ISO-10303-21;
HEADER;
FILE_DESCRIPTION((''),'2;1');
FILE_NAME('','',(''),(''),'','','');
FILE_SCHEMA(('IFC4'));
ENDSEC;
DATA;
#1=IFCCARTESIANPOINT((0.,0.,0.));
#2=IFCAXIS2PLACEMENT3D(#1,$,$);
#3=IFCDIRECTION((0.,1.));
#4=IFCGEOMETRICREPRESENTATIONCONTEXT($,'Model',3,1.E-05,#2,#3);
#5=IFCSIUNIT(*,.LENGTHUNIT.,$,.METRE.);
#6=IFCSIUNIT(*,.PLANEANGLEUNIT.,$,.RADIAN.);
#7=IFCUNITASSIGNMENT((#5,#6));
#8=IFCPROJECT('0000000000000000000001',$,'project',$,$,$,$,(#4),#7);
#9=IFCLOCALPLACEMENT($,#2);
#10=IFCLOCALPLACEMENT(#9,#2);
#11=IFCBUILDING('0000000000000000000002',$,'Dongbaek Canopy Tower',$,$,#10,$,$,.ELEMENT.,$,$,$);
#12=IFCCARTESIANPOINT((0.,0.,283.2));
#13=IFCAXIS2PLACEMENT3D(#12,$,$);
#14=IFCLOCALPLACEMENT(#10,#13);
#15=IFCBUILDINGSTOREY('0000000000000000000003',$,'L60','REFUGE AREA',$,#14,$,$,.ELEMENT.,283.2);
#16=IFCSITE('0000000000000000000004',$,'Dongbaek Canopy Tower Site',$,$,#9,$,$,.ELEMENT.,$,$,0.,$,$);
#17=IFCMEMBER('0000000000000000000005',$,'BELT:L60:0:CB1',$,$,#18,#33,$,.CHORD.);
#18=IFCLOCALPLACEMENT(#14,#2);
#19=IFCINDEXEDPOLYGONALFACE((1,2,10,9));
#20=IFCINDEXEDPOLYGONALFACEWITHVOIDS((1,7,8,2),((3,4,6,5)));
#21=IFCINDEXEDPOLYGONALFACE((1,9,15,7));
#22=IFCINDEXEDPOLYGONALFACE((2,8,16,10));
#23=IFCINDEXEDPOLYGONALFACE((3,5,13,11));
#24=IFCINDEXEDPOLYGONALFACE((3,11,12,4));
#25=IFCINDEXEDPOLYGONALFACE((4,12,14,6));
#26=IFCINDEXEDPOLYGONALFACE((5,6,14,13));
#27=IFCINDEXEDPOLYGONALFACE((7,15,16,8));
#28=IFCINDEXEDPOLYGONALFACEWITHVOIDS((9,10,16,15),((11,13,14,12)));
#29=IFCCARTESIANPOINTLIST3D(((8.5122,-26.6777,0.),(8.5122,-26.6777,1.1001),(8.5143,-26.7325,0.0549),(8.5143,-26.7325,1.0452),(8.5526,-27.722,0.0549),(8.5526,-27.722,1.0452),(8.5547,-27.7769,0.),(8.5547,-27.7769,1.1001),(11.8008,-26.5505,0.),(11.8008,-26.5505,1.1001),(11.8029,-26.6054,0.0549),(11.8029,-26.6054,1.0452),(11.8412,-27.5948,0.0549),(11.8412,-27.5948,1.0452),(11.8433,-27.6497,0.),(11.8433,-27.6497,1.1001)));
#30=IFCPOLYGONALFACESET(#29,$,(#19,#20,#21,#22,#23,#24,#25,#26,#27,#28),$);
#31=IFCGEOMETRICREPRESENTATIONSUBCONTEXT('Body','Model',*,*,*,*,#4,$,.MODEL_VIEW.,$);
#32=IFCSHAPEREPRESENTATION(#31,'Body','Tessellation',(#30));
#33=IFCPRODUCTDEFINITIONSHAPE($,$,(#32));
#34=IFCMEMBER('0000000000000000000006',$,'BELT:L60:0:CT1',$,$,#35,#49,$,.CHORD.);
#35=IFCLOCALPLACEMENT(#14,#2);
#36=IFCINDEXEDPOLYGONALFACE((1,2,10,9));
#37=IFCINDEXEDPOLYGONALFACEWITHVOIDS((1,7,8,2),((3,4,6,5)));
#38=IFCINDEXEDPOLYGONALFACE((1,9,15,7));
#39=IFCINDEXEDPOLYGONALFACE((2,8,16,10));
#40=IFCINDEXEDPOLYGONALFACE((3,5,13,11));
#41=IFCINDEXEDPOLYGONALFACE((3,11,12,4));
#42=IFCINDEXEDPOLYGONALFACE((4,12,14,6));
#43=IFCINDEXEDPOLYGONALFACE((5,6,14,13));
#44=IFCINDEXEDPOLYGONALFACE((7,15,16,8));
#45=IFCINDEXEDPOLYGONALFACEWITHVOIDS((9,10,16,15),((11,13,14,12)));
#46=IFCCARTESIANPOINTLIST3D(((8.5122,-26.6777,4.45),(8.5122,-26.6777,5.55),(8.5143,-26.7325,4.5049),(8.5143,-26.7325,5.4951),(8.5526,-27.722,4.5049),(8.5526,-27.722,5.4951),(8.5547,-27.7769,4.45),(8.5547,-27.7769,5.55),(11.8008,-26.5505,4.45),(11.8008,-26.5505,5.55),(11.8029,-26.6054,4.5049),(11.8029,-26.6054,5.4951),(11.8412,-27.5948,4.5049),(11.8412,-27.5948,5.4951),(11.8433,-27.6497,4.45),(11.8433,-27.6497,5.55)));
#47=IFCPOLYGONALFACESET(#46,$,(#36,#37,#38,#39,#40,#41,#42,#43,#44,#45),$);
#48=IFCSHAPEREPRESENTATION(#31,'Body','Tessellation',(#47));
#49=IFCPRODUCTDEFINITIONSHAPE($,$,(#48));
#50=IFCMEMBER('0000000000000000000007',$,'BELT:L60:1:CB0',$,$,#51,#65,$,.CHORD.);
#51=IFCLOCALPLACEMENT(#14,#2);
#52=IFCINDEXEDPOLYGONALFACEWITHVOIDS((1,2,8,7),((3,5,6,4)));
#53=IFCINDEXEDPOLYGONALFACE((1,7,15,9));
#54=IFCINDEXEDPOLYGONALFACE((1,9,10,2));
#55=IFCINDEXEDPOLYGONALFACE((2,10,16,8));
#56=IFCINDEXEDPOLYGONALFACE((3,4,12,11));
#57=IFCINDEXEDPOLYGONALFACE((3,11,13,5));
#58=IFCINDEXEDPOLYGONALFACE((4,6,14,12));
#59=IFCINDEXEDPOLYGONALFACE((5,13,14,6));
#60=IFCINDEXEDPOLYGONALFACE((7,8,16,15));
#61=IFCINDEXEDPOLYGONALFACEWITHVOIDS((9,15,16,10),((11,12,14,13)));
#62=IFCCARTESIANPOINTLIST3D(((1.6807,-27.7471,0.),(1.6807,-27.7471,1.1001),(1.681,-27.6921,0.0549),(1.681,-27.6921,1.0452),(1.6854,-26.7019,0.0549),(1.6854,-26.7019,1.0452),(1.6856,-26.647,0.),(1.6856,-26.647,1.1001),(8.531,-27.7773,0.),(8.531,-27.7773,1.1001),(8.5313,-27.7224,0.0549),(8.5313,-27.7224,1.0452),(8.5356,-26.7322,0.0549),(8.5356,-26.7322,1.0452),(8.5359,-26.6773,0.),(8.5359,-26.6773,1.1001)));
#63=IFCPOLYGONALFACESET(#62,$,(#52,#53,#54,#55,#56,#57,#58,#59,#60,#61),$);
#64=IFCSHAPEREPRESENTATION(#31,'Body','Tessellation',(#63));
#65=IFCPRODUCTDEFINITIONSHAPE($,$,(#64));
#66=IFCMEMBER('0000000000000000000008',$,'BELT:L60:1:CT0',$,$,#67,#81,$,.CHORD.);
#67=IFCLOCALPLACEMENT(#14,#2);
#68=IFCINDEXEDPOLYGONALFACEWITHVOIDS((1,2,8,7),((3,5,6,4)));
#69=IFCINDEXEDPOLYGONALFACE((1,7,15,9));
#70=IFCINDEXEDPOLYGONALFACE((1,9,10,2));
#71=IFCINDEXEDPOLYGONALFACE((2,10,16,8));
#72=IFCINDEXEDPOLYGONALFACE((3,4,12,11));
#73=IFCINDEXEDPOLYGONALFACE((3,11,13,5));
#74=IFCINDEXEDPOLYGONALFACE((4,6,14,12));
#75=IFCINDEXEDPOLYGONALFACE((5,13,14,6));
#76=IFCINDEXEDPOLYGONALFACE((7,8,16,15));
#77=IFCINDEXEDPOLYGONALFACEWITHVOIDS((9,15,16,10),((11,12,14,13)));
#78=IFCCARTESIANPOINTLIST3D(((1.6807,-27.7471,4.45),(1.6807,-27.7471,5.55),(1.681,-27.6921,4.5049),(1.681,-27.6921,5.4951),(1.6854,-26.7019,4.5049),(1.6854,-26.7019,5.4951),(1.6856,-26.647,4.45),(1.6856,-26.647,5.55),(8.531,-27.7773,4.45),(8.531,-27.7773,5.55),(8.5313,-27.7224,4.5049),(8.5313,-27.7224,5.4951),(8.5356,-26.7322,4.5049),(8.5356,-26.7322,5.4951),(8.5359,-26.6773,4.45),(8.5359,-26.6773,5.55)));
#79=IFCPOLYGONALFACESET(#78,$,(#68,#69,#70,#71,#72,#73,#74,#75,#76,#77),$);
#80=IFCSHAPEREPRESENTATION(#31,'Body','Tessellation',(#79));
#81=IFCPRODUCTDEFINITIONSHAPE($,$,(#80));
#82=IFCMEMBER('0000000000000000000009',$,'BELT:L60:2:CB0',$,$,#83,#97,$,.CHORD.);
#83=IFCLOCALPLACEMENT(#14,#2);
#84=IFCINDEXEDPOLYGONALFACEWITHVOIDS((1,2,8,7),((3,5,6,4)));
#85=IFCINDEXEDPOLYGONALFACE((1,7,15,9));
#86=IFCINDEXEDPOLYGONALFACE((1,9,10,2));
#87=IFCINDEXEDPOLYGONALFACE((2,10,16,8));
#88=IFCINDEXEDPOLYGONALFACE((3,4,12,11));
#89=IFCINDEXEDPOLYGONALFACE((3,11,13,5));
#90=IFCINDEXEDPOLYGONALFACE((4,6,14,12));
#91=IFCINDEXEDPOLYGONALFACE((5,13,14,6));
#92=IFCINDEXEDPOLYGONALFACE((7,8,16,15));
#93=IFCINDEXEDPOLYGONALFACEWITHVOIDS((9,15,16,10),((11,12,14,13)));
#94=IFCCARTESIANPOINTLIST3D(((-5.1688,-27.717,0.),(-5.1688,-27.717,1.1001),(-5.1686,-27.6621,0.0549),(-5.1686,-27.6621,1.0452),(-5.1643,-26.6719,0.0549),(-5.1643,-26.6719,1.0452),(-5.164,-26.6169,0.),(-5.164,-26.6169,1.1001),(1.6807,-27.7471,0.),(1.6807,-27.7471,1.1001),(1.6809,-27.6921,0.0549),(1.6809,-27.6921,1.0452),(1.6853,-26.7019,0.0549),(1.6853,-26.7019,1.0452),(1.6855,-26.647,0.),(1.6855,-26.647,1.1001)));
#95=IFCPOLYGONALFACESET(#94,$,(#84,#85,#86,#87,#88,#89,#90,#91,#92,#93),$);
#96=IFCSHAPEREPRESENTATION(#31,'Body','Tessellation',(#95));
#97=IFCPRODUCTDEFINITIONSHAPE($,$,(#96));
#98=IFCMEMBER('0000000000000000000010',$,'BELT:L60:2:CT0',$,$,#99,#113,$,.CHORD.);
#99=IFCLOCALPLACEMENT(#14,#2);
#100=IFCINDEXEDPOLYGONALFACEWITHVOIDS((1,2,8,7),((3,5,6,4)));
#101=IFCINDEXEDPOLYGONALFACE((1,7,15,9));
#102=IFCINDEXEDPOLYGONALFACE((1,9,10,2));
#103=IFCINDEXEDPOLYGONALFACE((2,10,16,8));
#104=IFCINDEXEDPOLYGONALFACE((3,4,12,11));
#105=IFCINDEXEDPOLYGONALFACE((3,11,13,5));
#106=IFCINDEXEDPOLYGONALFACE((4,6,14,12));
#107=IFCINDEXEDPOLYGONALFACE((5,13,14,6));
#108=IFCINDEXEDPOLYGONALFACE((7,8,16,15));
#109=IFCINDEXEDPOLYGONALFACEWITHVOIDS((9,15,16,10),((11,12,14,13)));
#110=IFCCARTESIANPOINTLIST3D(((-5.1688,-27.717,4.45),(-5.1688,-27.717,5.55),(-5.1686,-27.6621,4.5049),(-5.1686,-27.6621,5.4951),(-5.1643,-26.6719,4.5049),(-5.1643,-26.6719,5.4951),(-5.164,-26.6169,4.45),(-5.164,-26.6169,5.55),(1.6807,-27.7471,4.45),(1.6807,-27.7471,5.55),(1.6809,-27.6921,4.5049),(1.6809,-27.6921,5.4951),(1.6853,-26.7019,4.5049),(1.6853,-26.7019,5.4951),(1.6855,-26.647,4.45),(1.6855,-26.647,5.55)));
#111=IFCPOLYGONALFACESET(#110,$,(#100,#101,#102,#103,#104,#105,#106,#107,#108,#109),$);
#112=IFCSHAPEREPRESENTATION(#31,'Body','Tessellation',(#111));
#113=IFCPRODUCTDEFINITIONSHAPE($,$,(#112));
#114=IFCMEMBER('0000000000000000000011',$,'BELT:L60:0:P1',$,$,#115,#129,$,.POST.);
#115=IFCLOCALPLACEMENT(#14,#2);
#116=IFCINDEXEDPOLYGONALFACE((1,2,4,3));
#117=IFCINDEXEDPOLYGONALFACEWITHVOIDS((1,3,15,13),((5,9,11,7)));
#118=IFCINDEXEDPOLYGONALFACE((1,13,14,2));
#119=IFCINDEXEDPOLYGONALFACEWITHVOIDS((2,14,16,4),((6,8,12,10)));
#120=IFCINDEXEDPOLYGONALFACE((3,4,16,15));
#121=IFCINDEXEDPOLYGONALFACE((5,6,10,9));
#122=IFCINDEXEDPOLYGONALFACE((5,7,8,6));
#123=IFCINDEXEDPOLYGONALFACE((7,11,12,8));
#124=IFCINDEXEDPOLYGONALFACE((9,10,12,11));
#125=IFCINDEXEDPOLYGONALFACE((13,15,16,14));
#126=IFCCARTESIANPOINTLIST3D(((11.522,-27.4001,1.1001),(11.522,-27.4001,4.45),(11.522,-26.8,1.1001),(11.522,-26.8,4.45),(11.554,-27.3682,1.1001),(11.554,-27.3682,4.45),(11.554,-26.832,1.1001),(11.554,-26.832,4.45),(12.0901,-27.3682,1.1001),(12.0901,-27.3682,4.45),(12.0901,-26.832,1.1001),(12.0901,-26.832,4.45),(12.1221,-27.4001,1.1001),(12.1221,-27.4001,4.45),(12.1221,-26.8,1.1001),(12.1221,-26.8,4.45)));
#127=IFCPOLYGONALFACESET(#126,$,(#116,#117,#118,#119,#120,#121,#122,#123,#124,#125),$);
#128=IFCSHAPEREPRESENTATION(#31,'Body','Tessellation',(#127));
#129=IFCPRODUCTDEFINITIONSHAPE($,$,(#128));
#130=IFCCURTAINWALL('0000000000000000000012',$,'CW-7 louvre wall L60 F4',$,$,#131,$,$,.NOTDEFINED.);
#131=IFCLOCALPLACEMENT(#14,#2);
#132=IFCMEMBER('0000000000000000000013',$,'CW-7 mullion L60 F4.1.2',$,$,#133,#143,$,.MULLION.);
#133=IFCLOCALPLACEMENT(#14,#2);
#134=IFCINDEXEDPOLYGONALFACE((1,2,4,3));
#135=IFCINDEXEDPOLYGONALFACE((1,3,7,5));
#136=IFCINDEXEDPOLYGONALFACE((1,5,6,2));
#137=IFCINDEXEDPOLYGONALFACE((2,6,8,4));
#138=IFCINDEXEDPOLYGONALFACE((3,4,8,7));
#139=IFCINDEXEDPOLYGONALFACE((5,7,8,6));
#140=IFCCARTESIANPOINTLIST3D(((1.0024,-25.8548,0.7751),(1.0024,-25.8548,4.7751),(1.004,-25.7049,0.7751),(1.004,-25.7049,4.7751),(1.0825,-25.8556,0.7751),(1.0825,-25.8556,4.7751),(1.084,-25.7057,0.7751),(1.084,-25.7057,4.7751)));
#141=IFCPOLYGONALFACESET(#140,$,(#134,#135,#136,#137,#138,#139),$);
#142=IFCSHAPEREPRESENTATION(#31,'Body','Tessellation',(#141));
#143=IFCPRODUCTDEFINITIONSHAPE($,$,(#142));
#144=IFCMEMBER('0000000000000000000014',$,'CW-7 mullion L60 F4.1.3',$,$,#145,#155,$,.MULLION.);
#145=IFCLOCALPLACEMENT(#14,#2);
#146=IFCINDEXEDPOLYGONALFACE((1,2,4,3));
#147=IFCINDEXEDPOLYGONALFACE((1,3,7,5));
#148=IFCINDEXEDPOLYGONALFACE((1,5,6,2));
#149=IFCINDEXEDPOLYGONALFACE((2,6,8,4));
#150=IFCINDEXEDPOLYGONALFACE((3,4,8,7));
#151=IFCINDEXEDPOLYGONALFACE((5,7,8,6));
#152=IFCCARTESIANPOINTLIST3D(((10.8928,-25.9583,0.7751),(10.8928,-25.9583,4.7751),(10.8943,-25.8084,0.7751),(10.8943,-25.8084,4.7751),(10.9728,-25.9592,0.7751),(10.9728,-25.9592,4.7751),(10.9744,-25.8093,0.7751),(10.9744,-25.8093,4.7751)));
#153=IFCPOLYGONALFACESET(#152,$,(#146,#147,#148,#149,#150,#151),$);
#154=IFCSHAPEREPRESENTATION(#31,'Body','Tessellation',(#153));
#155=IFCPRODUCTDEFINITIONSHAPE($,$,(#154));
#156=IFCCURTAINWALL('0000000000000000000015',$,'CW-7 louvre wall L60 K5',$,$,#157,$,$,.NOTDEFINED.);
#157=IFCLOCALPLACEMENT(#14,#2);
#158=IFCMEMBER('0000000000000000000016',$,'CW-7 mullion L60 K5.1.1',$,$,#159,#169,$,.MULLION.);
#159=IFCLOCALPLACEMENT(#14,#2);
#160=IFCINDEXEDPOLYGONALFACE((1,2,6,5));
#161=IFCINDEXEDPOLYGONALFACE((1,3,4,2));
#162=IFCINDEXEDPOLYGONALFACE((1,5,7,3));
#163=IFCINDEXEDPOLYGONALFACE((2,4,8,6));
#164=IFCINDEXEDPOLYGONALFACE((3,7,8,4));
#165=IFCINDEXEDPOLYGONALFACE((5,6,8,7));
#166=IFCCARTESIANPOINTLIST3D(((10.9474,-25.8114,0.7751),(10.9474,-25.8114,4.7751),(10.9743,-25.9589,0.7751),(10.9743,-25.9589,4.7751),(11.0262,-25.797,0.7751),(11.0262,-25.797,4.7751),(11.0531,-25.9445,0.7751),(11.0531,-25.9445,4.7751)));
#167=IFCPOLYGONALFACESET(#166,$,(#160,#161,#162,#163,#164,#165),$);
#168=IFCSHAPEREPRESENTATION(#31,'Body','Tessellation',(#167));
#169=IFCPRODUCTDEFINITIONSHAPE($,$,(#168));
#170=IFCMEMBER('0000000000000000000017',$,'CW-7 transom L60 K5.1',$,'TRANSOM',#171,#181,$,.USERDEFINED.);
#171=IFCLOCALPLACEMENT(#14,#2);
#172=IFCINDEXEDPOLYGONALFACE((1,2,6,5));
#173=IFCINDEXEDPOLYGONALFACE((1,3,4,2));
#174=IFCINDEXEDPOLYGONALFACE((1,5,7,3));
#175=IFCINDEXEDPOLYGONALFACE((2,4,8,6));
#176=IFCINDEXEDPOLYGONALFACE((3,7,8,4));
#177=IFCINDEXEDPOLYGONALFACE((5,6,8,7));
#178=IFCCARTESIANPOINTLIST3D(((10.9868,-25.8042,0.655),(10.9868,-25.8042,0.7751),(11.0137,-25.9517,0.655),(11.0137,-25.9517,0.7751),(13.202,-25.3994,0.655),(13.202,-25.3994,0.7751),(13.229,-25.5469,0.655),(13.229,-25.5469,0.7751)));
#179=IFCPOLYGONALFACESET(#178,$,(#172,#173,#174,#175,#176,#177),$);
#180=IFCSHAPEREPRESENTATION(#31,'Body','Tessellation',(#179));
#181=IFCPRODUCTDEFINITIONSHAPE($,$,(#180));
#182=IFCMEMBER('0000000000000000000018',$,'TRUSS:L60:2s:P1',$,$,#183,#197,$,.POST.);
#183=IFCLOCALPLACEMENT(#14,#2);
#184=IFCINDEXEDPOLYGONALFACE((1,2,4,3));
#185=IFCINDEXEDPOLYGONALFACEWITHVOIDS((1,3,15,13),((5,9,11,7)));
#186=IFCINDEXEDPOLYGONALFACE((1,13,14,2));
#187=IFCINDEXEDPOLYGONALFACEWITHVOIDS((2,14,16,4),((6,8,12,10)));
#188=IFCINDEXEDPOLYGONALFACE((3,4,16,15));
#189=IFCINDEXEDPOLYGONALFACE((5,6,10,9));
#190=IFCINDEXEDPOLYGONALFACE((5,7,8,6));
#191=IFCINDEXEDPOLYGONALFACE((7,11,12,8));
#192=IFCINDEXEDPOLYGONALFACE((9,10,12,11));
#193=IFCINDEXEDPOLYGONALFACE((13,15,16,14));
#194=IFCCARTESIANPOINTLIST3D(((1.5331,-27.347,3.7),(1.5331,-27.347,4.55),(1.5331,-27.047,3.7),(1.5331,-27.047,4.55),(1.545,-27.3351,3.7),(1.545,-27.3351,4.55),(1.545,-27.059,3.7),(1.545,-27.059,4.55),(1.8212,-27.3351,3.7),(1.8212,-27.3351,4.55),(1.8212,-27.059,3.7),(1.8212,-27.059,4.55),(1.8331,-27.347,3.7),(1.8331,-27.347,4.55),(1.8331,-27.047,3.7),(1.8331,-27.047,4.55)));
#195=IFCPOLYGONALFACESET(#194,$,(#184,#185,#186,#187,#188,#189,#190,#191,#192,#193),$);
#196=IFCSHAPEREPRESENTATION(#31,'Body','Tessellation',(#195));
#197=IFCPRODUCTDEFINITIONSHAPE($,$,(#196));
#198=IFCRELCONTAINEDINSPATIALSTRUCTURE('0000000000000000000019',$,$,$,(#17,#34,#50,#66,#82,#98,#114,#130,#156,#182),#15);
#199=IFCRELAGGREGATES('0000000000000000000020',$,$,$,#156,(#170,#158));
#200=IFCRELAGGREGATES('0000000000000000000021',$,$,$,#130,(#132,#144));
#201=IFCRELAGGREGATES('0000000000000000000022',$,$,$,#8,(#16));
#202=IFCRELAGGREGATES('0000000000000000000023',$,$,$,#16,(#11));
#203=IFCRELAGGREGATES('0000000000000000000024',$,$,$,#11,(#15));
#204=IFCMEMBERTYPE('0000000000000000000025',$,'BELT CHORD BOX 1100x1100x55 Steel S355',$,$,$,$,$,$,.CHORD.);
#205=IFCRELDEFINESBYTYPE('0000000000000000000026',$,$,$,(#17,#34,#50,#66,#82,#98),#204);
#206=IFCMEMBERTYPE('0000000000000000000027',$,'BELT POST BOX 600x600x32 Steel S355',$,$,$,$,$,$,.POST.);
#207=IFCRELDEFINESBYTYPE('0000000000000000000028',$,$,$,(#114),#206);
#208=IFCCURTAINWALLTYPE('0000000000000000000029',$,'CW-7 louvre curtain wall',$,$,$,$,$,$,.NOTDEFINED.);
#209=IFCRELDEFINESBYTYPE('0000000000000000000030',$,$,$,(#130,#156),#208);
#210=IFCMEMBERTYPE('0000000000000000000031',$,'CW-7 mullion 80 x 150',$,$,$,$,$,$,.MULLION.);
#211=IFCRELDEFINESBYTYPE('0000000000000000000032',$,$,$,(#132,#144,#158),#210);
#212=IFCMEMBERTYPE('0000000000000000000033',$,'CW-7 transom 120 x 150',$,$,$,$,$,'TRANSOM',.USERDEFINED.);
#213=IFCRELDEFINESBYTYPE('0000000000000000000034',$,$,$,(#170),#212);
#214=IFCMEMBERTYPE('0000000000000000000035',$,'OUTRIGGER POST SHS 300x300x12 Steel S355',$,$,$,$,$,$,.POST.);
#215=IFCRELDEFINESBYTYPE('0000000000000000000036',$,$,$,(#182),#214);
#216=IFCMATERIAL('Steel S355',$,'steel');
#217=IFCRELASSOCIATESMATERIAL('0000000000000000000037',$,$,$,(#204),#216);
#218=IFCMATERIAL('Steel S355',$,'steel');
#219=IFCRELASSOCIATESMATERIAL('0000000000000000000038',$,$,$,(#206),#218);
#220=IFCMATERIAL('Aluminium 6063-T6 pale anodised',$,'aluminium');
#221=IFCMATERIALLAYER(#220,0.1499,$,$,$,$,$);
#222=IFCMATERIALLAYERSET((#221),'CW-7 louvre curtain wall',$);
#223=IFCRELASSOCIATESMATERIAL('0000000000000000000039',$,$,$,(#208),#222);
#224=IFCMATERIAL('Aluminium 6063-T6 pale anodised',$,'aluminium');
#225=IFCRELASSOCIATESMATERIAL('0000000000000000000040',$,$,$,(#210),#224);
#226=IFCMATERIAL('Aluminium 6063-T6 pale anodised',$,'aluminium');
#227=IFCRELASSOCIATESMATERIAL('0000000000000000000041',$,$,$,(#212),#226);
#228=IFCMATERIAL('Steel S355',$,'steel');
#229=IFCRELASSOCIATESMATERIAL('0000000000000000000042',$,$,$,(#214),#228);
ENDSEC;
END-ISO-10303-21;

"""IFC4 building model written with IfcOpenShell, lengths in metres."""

from ifc_helpers import new_model, si_unit, direction, frame, origin, origin_2d, place, context, subcontext, project, spatial, rectangle, hollow_rectangle, extrude, material, layer, layer_set, material_profile, profile_set, type_object, element, aggregate, save


model = new_model("IFC4")

# Units and contexts
model_context = context("Model", 3, precision=1e-05, world=origin(), true_north=direction((0.0, 1.0)))
body_context = subcontext(model_context, "Body", "Model", "MODEL_VIEW")
ifc_project = project(units=[si_unit("LENGTHUNIT", "METRE"), si_unit("PLANEANGLEUNIT", "RADIAN")], contexts=[model_context])

# Site, building, storey
site_placement = place(None, origin())
site = spatial("IfcSite", under=ifc_project, at=site_placement, Name="Dongbaek Canopy Tower Site", CompositionType="ELEMENT", RefElevation=0.0)
building_placement = place(site_placement, origin())
building = spatial("IfcBuilding", under=site, at=building_placement, Name="Dongbaek Canopy Tower", CompositionType="ELEMENT")
storey_placement = place(building_placement, frame((0.0, 0.0, 283.2)))
storey = spatial("IfcBuildingStorey", under=building, at=storey_placement, Name="L60", Description="REFUGE AREA", CompositionType="ELEMENT", Elevation=283.2)

# Members
ifc_material_1 = material(Name="Steel S355", Category="steel")
ifc_material_profile_1 = material_profile(ifc_material_1, hollow_rectangle(XDim=1.1001, YDim=1.1001, WallThickness=0.0549, at=origin_2d()), Name="BELT CHORD BOX 1100x1100x55 Steel S355")
ifc_profile_set_1 = profile_set([ifc_material_profile_1], Name="Steel S355")
member_type_1 = type_object("IfcMemberType", Name="BELT CHORD BOX 1100x1100x55 Steel S355", PredefinedType="CHORD", material=ifc_profile_set_1)
for number, where, z_axis, x_axis, name in (
    (1, (11.822, -27.1001, 0.55), (-0.999253, -0.03865, 0.0), (0.03865, -0.999253, 0.0), "BELT:L60:0:CB1"),
    (2, (11.822, -27.1001, 5.0), (-0.999253, -0.03865, 0.0), (0.03865, -0.999253, 0.0), "BELT:L60:0:CT1"),
):
    element("IfcMember", number, at=place(storey_placement, frame(where, z_axis=z_axis, x_axis=x_axis)), inside=storey, type_object=member_type_1, Name=name, PredefinedType="CHORD", context=body_context, shape_type="SweptSolid", body=[
        extrude(hollow_rectangle(XDim=1.1001, YDim=1.1001, WallThickness=0.0549, at=origin_2d()), origin(), (0.0, 0.0, 1.0), 3.291),
    ])
for number, where, z_axis, x_axis, name in (
    (3, (8.5334, -27.2273, 0.55), (-0.99999, 0.004419, 0.0), (-0.004419, -0.99999, 0.0), "BELT:L60:1:CB0"),
    (4, (8.5334, -27.2273, 5.0), (-0.99999, 0.004419, 0.0), (-0.004419, -0.99999, 0.0), "BELT:L60:1:CT0"),
):
    element("IfcMember", number, at=place(storey_placement, frame(where, z_axis=z_axis, x_axis=x_axis)), inside=storey, type_object=member_type_1, Name=name, PredefinedType="CHORD", context=body_context, shape_type="SweptSolid", body=[
        extrude(hollow_rectangle(XDim=1.1001, YDim=1.1001, WallThickness=0.0549, at=origin_2d()), origin(), (0.0, 0.0, 1.0), 6.8503),
    ])
for number, where, z_axis, x_axis, name in (
    (5, (1.6831, -27.197, 0.55), (-0.99999, 0.004384, 0.0), (-0.004384, -0.99999, 0.0), "BELT:L60:2:CB0"),
    (6, (1.6831, -27.197, 5.0), (-0.99999, 0.004384, 0.0), (-0.004384, -0.99999, 0.0), "BELT:L60:2:CT0"),
):
    element("IfcMember", number, at=place(storey_placement, frame(where, z_axis=z_axis, x_axis=x_axis)), inside=storey, type_object=member_type_1, Name=name, PredefinedType="CHORD", context=body_context, shape_type="SweptSolid", body=[
        extrude(hollow_rectangle(XDim=1.1001, YDim=1.1001, WallThickness=0.0549, at=origin_2d()), origin(), (0.0, 0.0, 1.0), 6.8496),
    ])
ifc_material_2 = material(Name="Steel S355", Category="steel")
ifc_material_profile_2 = material_profile(ifc_material_2, hollow_rectangle(XDim=0.6001, YDim=0.6001, WallThickness=0.032, at=origin_2d()), Name="BELT POST BOX 600x600x32 Steel S355")
ifc_profile_set_2 = profile_set([ifc_material_profile_2], Name="Steel S355")
member_type_2 = type_object("IfcMemberType", Name="BELT POST BOX 600x600x32 Steel S355", PredefinedType="POST", material=ifc_profile_set_2)
member_1_placement = place(storey_placement, frame((11.822, -27.1001, 1.1001), z_axis=(0.0, 0.0, 1.0), x_axis=(1.0, 0.0, 0.0)))
element("IfcMember", 7, at=member_1_placement, inside=storey, type_object=member_type_2, Name="BELT:L60:0:P1", PredefinedType="POST", context=body_context, shape_type="SweptSolid", body=[
    extrude(hollow_rectangle(XDim=0.6001, YDim=0.6001, WallThickness=0.032, at=origin_2d()), origin(), (0.0, 0.0, 1.0), 3.3499),
])

# Curtain walls, members
ifc_material_3 = material(Name="Aluminium 6063-T6 pale anodised", Category="aluminium")
ifc_layer_1 = layer(ifc_material_3, 0.1499)
ifc_layer_set_1 = layer_set([ifc_layer_1], Name="CW-7 louvre curtain wall")
curtain_wall_type = type_object("IfcCurtainWallType", Name="CW-7 louvre curtain wall", PredefinedType="NOTDEFINED", material=ifc_layer_set_1)
curtain_wall_1_placement = place(storey_placement, origin())
curtain_wall_1 = element("IfcCurtainWall", 8, at=curtain_wall_1_placement, inside=storey, type_object=curtain_wall_type, Name="CW-7 louvre wall L60 F4", PredefinedType="NOTDEFINED")
ifc_material_4 = material(Name="Aluminium 6063-T6 pale anodised", Category="aluminium")
ifc_material_profile_3 = material_profile(ifc_material_4, rectangle(XDim=0.1499, YDim=0.0801, at=origin_2d()), Name="CW-7 mullion 80 x 150")
ifc_profile_set_3 = profile_set([ifc_material_profile_3], Name="Aluminium 6063-T6 pale anodised")
member_type_3 = type_object("IfcMemberType", Name="CW-7 mullion 80 x 150", PredefinedType="MULLION", material=ifc_profile_set_3)
member_2_placement = place(storey_placement, frame((1.0432, -25.7803, 0.7751), z_axis=(0.0, 0.0, 1.0), x_axis=(-0.010455, -0.999945, 0.0)))
member_2 = element("IfcMember", 9, at=member_2_placement, type_object=member_type_3, Name="CW-7 mullion L60 F4.1.2", PredefinedType="MULLION", context=body_context, shape_type="SweptSolid", body=[
    extrude(rectangle(XDim=0.1499, YDim=0.0801, at=origin_2d()), origin(), (0.0, 0.0, 1.0), 4.0),
])
member_3_placement = place(storey_placement, frame((10.9336, -25.8838, 0.7751), z_axis=(0.0, 0.0, 1.0), x_axis=(-0.010455, -0.999945, 0.0)))
member_3 = element("IfcMember", 10, at=member_3_placement, type_object=member_type_3, Name="CW-7 mullion L60 F4.1.3", PredefinedType="MULLION", context=body_context, shape_type="SweptSolid", body=[
    extrude(rectangle(XDim=0.1499, YDim=0.0801, at=origin_2d()), origin(), (0.0, 0.0, 1.0), 4.0),
])
curtain_wall_2_placement = place(storey_placement, origin())
curtain_wall_2 = element("IfcCurtainWall", 11, at=curtain_wall_2_placement, inside=storey, type_object=curtain_wall_type, Name="CW-7 louvre wall L60 K5", PredefinedType="NOTDEFINED")
member_4_placement = place(storey_placement, frame((11.0002, -25.8779, 0.7751), z_axis=(0.0, 0.0, 1.0), x_axis=(0.179807, -0.983702, 0.0)))
member_4 = element("IfcMember", 12, at=member_4_placement, type_object=member_type_3, Name="CW-7 mullion L60 K5.1.1", PredefinedType="MULLION", context=body_context, shape_type="SweptSolid", body=[
    extrude(rectangle(XDim=0.1499, YDim=0.0801, at=origin_2d()), origin(), (0.0, 0.0, 1.0), 4.0),
])
ifc_material_5 = material(Name="Aluminium 6063-T6 pale anodised", Category="aluminium")
ifc_material_profile_4 = material_profile(ifc_material_5, rectangle(XDim=0.1499, YDim=0.1201, at=origin_2d()), Name="CW-7 transom 120 x 150")
ifc_profile_set_4 = profile_set([ifc_material_profile_4], Name="Aluminium 6063-T6 pale anodised")
member_type_4 = type_object("IfcMemberType", Name="CW-7 transom 120 x 150", ElementType="TRANSOM", PredefinedType="USERDEFINED", material=ifc_profile_set_4)
member_5_placement = place(storey_placement, frame((11.0002, -25.8779, 0.7151), z_axis=(0.983713, 0.179744, 0.0), x_axis=(-0.179744, 0.983713, 0.0)))
member_5 = element("IfcMember", 13, at=member_5_placement, type_object=member_type_4, Name="CW-7 transom L60 K5.1", ObjectType="TRANSOM", PredefinedType="USERDEFINED", context=body_context, shape_type="SweptSolid", body=[
    extrude(rectangle(XDim=0.1499, YDim=0.1201, at=origin_2d()), origin(), (0.0, 0.0, 1.0), 2.252),
])
aggregate(curtain_wall_2, [member_5, member_4])

# Member
ifc_material_6 = material(Name="Steel S355", Category="steel")
ifc_material_profile_5 = material_profile(ifc_material_6, hollow_rectangle(XDim=0.3, YDim=0.3, WallThickness=0.012, at=origin_2d()), Name="OUTRIGGER POST SHS 300x300x12 Steel S355")
ifc_profile_set_5 = profile_set([ifc_material_profile_5], Name="Steel S355")
member_type_5 = type_object("IfcMemberType", Name="OUTRIGGER POST SHS 300x300x12 Steel S355", PredefinedType="POST", material=ifc_profile_set_5)
member_6_placement = place(storey_placement, frame((1.6831, -27.197, 3.7), z_axis=(0.0, 0.0, 1.0), x_axis=(1.0, 0.0, 0.0)))
element("IfcMember", 14, at=member_6_placement, inside=storey, type_object=member_type_5, Name="TRUSS:L60:2s:P1", PredefinedType="POST", context=body_context, shape_type="SweptSolid", body=[
    extrude(hollow_rectangle(XDim=0.3, YDim=0.3, WallThickness=0.012, at=origin_2d()), origin(), (0.0, 0.0, 1.0), 0.8501),
])

aggregate(curtain_wall_1, [member_2, member_3])

save(model, "model.ifc")
